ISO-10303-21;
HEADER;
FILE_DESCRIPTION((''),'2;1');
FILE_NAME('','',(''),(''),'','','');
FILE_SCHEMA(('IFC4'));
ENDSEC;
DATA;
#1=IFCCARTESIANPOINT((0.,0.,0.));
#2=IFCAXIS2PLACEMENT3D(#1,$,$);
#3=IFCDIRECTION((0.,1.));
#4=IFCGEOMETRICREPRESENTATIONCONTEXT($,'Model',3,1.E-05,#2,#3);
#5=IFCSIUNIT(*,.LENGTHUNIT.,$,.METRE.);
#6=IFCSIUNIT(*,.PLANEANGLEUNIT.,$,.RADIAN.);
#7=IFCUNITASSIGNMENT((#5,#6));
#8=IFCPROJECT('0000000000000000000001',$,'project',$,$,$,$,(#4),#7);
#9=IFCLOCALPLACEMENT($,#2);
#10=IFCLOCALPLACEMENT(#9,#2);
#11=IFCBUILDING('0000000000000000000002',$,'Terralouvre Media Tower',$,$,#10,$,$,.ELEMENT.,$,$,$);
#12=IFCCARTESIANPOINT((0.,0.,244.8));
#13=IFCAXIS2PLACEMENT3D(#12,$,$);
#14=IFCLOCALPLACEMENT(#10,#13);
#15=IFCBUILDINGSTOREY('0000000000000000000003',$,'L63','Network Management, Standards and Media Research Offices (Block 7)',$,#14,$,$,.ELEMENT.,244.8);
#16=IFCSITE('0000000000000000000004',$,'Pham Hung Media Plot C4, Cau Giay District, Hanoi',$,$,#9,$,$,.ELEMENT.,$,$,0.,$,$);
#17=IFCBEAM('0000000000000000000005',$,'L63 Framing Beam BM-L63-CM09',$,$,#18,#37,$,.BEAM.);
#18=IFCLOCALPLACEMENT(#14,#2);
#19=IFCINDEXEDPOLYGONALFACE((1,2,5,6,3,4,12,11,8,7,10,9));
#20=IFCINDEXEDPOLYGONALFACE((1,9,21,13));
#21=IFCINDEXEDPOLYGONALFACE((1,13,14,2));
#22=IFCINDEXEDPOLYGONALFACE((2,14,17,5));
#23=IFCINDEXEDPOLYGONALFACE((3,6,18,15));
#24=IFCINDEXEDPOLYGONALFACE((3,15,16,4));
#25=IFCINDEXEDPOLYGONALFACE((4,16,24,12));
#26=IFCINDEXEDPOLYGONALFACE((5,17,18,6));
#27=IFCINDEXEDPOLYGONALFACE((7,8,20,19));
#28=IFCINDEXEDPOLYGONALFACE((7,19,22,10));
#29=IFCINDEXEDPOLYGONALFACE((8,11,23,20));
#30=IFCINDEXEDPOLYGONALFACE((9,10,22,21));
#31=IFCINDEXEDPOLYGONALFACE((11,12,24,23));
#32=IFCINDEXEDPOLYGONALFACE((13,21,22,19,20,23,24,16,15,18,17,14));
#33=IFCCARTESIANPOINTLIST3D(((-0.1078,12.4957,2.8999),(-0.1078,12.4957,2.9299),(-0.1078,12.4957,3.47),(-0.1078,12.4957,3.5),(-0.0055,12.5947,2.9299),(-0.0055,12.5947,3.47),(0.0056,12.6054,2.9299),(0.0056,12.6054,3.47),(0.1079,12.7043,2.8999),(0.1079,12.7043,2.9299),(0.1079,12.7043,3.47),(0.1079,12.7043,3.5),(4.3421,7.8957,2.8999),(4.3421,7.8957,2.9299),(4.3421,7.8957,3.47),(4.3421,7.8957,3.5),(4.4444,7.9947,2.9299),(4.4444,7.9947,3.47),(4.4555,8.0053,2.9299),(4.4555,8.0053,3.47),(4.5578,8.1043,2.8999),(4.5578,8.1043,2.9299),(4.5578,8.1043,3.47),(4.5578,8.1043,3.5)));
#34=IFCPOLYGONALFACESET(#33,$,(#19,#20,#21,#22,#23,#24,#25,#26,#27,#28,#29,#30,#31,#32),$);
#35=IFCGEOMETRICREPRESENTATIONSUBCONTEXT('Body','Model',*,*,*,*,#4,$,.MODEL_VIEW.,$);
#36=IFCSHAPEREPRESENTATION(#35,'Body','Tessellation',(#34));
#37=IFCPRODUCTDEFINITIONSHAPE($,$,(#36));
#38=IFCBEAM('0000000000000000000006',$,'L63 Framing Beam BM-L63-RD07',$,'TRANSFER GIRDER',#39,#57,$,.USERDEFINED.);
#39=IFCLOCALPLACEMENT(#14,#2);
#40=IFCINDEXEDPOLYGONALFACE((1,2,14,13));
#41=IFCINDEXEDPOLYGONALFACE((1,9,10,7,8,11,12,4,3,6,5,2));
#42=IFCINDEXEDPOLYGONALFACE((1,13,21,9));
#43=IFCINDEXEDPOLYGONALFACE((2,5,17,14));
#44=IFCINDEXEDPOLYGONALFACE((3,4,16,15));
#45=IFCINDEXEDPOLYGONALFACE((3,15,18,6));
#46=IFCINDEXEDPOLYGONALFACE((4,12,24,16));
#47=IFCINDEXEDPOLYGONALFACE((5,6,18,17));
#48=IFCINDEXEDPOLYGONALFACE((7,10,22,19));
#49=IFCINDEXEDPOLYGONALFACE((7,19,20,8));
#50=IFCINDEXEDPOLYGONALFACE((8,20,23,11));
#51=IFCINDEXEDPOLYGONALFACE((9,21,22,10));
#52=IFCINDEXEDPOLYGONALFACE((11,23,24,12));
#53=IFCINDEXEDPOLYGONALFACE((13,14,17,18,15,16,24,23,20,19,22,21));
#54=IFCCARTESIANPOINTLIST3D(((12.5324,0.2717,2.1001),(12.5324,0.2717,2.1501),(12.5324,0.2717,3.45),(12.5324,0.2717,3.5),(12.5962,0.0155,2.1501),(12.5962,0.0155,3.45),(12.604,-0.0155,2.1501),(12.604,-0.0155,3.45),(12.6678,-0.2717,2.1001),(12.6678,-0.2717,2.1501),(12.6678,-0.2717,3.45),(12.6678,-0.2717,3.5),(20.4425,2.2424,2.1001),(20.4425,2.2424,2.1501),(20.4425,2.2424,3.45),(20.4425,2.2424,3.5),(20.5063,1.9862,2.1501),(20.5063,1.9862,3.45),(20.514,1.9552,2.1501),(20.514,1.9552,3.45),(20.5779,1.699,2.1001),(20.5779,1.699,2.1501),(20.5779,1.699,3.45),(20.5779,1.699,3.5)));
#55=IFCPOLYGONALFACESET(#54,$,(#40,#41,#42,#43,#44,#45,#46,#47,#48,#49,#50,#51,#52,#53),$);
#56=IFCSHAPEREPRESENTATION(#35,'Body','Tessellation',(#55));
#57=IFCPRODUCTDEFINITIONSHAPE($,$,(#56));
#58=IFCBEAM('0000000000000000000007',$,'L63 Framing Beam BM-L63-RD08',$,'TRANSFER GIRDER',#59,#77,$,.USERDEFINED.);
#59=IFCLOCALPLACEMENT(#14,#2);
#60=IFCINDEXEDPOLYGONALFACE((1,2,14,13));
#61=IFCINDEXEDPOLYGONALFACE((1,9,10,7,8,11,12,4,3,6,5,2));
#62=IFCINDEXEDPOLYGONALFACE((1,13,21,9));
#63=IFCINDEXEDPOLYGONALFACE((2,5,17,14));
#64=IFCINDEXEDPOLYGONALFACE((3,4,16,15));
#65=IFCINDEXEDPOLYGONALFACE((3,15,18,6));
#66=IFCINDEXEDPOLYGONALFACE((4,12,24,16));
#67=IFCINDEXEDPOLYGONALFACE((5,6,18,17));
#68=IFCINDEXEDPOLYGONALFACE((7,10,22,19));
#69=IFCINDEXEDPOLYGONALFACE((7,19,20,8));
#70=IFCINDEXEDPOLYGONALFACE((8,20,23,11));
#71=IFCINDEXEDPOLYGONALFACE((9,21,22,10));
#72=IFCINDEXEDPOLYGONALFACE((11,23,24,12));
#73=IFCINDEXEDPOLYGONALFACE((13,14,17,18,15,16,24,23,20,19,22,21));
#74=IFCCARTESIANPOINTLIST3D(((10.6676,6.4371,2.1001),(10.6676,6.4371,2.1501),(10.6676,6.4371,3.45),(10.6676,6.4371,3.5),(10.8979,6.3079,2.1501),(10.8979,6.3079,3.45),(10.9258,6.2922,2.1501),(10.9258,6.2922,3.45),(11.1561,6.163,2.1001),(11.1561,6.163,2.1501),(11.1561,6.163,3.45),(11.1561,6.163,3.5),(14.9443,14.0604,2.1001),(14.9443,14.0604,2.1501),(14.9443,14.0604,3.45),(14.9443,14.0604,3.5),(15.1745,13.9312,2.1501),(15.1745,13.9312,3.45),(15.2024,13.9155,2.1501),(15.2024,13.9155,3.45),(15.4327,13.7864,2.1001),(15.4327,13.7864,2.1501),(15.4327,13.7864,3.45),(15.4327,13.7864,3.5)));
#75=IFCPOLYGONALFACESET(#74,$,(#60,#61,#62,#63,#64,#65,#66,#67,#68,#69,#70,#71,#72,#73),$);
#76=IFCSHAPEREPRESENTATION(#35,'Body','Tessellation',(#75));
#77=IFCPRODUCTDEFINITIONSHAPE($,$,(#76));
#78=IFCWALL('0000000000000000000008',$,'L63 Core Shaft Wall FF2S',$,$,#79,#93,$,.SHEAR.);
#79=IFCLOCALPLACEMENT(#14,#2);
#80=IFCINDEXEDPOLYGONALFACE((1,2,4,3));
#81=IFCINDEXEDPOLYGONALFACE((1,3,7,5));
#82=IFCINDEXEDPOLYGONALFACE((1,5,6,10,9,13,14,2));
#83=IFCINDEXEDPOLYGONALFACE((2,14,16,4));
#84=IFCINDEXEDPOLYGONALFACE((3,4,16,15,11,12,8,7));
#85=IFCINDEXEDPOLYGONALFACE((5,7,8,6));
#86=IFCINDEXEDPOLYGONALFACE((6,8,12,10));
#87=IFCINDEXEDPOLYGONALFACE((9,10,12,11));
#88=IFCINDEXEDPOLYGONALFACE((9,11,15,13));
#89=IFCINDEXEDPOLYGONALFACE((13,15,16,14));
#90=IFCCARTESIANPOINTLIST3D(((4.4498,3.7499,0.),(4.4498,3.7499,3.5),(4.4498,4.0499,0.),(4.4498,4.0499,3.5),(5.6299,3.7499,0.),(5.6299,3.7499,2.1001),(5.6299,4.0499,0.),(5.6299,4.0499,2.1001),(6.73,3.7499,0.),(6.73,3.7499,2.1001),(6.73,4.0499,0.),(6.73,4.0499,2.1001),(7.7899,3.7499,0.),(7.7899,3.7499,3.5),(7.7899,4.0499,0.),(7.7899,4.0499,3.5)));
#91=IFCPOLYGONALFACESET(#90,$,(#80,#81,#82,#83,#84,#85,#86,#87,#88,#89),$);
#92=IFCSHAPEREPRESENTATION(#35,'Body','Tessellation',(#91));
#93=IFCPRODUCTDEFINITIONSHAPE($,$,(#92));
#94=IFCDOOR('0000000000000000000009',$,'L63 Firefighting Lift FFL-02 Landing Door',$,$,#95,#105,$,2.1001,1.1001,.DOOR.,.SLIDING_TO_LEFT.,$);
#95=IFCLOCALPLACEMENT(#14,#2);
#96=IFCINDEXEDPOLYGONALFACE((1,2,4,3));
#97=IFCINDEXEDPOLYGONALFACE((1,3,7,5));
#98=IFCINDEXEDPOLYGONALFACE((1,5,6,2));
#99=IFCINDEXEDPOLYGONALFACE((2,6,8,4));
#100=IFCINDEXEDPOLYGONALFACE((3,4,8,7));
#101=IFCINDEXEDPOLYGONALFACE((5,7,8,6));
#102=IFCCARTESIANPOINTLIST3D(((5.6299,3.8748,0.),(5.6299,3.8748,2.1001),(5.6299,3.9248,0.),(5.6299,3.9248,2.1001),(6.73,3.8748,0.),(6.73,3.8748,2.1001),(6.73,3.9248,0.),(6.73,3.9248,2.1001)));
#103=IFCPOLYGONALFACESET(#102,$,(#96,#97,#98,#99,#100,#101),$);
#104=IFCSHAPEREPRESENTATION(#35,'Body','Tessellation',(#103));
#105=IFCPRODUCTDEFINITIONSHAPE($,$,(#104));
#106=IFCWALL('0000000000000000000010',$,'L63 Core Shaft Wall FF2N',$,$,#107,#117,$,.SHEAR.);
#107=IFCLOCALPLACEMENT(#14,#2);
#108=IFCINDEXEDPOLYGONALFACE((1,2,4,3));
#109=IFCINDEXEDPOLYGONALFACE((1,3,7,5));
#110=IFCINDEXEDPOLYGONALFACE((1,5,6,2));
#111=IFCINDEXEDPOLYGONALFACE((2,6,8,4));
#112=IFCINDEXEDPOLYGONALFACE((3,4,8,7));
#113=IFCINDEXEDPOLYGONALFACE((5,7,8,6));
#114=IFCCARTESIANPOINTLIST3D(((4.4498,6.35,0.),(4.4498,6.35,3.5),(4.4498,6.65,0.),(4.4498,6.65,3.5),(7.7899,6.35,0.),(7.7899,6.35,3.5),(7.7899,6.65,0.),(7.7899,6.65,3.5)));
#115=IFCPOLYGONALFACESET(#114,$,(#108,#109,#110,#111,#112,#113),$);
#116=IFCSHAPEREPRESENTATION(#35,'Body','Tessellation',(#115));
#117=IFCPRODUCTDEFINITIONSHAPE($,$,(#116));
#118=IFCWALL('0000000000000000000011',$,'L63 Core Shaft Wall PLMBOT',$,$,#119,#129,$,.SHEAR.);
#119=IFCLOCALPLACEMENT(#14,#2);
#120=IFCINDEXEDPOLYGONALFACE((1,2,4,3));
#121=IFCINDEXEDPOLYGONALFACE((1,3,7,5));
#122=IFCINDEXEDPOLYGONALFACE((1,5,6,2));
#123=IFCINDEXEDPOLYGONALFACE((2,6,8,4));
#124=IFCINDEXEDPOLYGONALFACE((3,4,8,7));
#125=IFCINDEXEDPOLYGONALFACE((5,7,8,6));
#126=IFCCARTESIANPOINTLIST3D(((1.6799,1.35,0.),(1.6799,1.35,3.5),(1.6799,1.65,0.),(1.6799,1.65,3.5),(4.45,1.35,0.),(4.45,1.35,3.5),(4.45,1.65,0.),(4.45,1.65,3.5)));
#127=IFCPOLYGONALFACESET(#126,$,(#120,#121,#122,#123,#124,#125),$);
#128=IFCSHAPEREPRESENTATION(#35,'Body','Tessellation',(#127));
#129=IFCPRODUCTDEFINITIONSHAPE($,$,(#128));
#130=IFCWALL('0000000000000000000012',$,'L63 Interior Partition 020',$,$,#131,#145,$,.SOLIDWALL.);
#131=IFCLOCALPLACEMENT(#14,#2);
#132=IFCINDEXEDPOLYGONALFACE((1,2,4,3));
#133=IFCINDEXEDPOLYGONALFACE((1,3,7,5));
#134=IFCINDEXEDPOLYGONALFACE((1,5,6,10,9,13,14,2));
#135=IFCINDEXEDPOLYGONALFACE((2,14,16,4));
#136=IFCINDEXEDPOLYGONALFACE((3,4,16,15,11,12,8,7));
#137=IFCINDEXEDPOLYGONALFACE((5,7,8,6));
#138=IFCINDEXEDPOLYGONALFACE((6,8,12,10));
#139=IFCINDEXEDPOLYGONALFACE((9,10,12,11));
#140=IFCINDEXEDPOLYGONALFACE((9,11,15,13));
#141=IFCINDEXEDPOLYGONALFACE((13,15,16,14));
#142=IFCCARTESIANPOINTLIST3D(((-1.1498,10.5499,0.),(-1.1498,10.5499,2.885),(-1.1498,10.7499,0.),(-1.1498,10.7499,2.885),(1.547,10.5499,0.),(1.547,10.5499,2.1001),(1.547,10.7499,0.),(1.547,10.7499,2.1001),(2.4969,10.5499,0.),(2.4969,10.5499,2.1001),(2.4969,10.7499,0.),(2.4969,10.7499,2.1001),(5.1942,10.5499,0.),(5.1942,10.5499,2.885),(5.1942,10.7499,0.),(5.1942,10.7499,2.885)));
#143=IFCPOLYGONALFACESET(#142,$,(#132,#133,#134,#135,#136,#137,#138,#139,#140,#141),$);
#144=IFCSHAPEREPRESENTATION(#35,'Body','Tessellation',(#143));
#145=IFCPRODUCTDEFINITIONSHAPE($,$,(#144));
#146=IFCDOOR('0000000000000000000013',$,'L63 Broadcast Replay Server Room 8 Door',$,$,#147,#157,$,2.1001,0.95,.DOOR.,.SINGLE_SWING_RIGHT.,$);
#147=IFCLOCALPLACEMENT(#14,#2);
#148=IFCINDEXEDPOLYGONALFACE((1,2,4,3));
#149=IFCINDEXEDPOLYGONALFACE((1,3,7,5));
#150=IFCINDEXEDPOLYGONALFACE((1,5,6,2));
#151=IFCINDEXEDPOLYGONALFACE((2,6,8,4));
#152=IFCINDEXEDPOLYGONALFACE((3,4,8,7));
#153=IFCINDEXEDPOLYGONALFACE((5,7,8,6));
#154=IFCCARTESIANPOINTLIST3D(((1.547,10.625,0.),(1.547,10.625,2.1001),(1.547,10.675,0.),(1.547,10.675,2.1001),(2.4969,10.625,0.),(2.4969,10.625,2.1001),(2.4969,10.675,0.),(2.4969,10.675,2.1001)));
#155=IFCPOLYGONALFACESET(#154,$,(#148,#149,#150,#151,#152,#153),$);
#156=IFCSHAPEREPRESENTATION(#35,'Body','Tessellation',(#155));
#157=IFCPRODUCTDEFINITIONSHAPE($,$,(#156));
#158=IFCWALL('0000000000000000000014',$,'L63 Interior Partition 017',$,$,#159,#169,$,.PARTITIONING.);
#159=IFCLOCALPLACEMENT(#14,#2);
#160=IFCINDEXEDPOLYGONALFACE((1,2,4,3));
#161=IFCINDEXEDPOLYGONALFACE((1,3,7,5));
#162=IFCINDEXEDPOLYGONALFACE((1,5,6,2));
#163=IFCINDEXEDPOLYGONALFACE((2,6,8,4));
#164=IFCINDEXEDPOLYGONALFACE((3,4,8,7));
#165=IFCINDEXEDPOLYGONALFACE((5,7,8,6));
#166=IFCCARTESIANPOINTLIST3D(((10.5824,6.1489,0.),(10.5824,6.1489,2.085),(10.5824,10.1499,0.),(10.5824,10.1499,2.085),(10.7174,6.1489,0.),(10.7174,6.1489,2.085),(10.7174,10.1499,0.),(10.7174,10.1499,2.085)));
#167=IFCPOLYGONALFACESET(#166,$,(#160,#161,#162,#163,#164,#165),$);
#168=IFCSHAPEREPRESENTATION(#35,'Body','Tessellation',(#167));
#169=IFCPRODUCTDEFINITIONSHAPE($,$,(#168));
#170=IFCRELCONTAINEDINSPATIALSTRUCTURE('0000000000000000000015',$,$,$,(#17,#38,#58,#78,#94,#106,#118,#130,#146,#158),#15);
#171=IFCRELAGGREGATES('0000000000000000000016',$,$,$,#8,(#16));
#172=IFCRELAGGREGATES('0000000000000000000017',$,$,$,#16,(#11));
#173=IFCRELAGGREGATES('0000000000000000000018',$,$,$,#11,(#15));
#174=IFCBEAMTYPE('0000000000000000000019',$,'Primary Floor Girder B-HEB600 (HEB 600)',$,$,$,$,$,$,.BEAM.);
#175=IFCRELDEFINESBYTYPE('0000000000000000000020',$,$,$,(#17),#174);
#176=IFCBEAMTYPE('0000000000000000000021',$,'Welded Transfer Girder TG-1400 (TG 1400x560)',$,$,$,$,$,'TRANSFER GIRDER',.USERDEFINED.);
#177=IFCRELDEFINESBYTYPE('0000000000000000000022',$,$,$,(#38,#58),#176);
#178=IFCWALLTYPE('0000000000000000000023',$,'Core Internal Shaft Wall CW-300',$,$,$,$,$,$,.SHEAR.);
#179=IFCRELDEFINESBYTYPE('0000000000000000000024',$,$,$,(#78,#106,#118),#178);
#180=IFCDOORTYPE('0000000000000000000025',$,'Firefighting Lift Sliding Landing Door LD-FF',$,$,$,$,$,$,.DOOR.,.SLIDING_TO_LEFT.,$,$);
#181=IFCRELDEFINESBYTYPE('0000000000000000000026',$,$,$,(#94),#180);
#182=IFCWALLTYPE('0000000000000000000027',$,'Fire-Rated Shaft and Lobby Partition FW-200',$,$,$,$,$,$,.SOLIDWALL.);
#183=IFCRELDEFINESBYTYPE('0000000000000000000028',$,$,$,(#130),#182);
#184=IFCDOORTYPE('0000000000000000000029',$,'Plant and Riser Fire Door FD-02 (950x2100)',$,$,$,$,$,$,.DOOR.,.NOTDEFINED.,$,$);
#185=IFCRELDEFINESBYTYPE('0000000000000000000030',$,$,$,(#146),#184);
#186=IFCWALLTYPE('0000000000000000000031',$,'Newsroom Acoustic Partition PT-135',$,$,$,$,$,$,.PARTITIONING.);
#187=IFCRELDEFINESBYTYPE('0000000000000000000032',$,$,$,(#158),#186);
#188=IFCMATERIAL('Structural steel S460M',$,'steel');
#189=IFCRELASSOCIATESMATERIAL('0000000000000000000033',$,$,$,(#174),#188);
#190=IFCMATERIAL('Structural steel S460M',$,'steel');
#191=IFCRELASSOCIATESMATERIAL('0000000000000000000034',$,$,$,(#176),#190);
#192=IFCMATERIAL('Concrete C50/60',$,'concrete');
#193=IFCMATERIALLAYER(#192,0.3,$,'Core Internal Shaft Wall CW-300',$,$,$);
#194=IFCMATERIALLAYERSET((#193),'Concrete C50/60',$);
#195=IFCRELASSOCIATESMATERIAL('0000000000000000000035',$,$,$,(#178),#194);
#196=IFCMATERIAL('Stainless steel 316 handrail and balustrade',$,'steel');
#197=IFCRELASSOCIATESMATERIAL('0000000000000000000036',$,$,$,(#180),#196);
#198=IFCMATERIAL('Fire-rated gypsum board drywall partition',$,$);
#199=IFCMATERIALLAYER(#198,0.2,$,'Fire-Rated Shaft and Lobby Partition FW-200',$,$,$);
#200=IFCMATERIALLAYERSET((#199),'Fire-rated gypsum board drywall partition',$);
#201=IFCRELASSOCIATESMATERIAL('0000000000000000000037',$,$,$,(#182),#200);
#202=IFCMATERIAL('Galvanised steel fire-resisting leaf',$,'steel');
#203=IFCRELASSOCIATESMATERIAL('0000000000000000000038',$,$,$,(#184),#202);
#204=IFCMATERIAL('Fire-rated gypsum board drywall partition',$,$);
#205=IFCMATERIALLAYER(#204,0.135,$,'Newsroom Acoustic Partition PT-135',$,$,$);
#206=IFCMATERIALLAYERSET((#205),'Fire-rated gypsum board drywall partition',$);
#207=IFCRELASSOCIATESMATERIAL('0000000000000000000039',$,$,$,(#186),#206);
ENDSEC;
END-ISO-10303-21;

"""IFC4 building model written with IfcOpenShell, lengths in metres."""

from ifc_helpers import new_model, si_unit, direction, frame, frame_2d, origin, origin_2d, place, context, subcontext, project, spatial, rectangle, i_section, extrude, material, layer, layer_set, material_profile, profile_set, type_object, element, fill, save


model = new_model("IFC4")

# Units and contexts
model_context = context("Model", 3, precision=1e-05, world=origin(), true_north=direction((0.0, 1.0)))
body_context = subcontext(model_context, "Body", "Model", "MODEL_VIEW")
ifc_project = project(units=[si_unit("LENGTHUNIT", "METRE"), si_unit("PLANEANGLEUNIT", "RADIAN")], contexts=[model_context])

# Site, building, storey
site_placement = place(None, origin())
site = spatial("IfcSite", under=ifc_project, at=site_placement, Name="Pham Hung Media Plot C4, Cau Giay District, Hanoi", CompositionType="ELEMENT", RefElevation=0.0)
building_placement = place(site_placement, origin())
building = spatial("IfcBuilding", under=site, at=building_placement, Name="Terralouvre Media Tower", CompositionType="ELEMENT")
storey_placement = place(building_placement, frame((0.0, 0.0, 244.8)))
storey = spatial("IfcBuildingStorey", under=building, at=storey_placement, Name="L63", Description="Network Management, Standards and Media Research Offices (Block 7)", CompositionType="ELEMENT", Elevation=244.8)

# Beams
ifc_material_1 = material(Name="Structural steel S460M", Category="steel")
ifc_material_profile_1 = material_profile(ifc_material_1, i_section(OverallWidth=0.3, OverallDepth=0.6001, WebThickness=0.0154, FlangeThickness=0.03, at=origin_2d()), Name="HEB 600")
ifc_profile_set_1 = profile_set([ifc_material_profile_1], Name="Structural steel S460M")
beam_type_1 = type_object("IfcBeamType", Name="Primary Floor Girder B-HEB600 (HEB 600)", PredefinedType="BEAM", material=ifc_profile_set_1)
beam_1_placement = place(storey_placement, frame((4.45, 8.0, 3.2), z_axis=(-0.69528, 0.718739, 0.0), x_axis=(-0.718739, -0.69528, 0.0)))
element("IfcBeam", 1, at=beam_1_placement, inside=storey, type_object=beam_type_1, Name="L63 Framing Beam BM-L63-CM09", PredefinedType="BEAM", context=body_context, shape_type="SweptSolid", body=[
    extrude(i_section(OverallWidth=0.3, OverallDepth=0.6001, WebThickness=0.0154, FlangeThickness=0.03, at=origin_2d()), origin(), (0.0, 0.0, 1.0), 6.4001),
])
ifc_material_2 = material(Name="Structural steel S460M", Category="steel")
ifc_material_profile_2 = material_profile(ifc_material_2, i_section(OverallWidth=0.5601, OverallDepth=1.3999, WebThickness=0.032, FlangeThickness=0.05, at=origin_2d()), Name="TG 1400x560")
ifc_profile_set_2 = profile_set([ifc_material_profile_2], Name="Structural steel S460M")
beam_type_2 = type_object("IfcBeamType", Name="Welded Transfer Girder TG-1400 (TG 1400x560)", ElementType="TRANSFER GIRDER", PredefinedType="USERDEFINED", material=ifc_profile_set_2)
beam_2_placement = place(storey_placement, frame((12.6001, 0.0, 2.8), z_axis=(0.970339, 0.241746, 0.0), x_axis=(-0.241746, 0.970339, 0.0)))
element("IfcBeam", 2, at=beam_2_placement, inside=storey, type_object=beam_type_2, Name="L63 Framing Beam BM-L63-RD07", ObjectType="TRANSFER GIRDER", PredefinedType="USERDEFINED", context=body_context, shape_type="SweptSolid", body=[
    extrude(i_section(OverallWidth=0.5601, OverallDepth=1.3999, WebThickness=0.032, FlangeThickness=0.05, at=origin_2d()), origin(), (0.0, 0.0, 1.0), 8.1519),
])
beam_3_placement = place(storey_placement, frame((10.9119, 6.3, 2.8), z_axis=(0.489262, 0.872137, 0.0), x_axis=(-0.872137, 0.489262, 0.0)))
element("IfcBeam", 3, at=beam_3_placement, inside=storey, type_object=beam_type_2, Name="L63 Framing Beam BM-L63-RD08", ObjectType="TRANSFER GIRDER", PredefinedType="USERDEFINED", context=body_context, shape_type="SweptSolid", body=[
    extrude(i_section(OverallWidth=0.5601, OverallDepth=1.3999, WebThickness=0.032, FlangeThickness=0.05, at=origin_2d()), origin(), (0.0, 0.0, 1.0), 8.741),
])

# Wall, opening, door
ifc_material_3 = material(Name="Concrete C50/60", Category="concrete")
ifc_layer_1 = layer(ifc_material_3, 0.3, Name="Core Internal Shaft Wall CW-300")
ifc_layer_set_1 = layer_set([ifc_layer_1], Name="Concrete C50/60")
wall_type_1 = type_object("IfcWallType", Name="Core Internal Shaft Wall CW-300", PredefinedType="SHEAR", material=ifc_layer_set_1)
wall_1_placement = place(storey_placement, frame((4.45, 3.8999, 0.0), z_axis=(0.0, 0.0, 1.0), x_axis=(1.0, 0.0, 0.0)))
wall_1 = element("IfcWall", 4, at=wall_1_placement, inside=storey, type_object=wall_type_1, Name="L63 Core Shaft Wall FF2S", PredefinedType="SHEAR", context=body_context, shape_type="SweptSolid", body=[
    extrude(rectangle(XDim=3.3401, YDim=0.3, at=frame_2d((1.6699, 0.0))), origin(), (0.0, 0.0, 1.0), 3.5),
])
opening_1_placement = place(wall_1_placement, frame((1.1799, 0.0, 0.0)))
opening_1 = element("IfcOpeningElement", 5, at=opening_1_placement, cuts=wall_1, PredefinedType="OPENING", context=body_context, shape_type="SweptSolid", body=[
    extrude(rectangle(XDim=1.1001, YDim=2.1001, at=frame_2d((0.55, 1.05))), frame((0.0, 0.1599, 0.0), z_axis=(0.0, -1.0, 0.0), x_axis=(1.0, 0.0, 0.0)), (0.0, 0.0, 1.0), 0.3201),
])
ifc_material_4 = material(Name="Stainless steel 316 handrail and balustrade", Category="steel")
door_type_1 = type_object("IfcDoorType", Name="Firefighting Lift Sliding Landing Door LD-FF", OperationType="SLIDING_TO_LEFT", PredefinedType="DOOR", material=ifc_material_4)
door_1_placement = place(opening_1_placement, origin())
door_1 = element("IfcDoor", 6, at=door_1_placement, inside=storey, type_object=door_type_1, Name="L63 Firefighting Lift FFL-02 Landing Door", OperationType="SLIDING_TO_LEFT", OverallHeight=2.1001, OverallWidth=1.1001, PredefinedType="DOOR", context=body_context, shape_type="SweptSolid", body=[
    extrude(rectangle(XDim=1.1001, YDim=2.1001, at=frame_2d((0.55, 1.05))), frame((0.0, 0.0249, 0.0), z_axis=(0.0, -1.0, 0.0), x_axis=(1.0, 0.0, 0.0)), (0.0, 0.0, 1.0), 0.05),
])
fill(opening_1, door_1)

# Walls
wall_2_placement = place(storey_placement, frame((4.45, 6.5, 0.0), z_axis=(0.0, 0.0, 1.0), x_axis=(1.0, 0.0, 0.0)))
element("IfcWall", 7, at=wall_2_placement, inside=storey, type_object=wall_type_1, Name="L63 Core Shaft Wall FF2N", PredefinedType="SHEAR", context=body_context, shape_type="SweptSolid", body=[
    extrude(rectangle(XDim=3.3401, YDim=0.3, at=frame_2d((1.6699, 0.0))), origin(), (0.0, 0.0, 1.0), 3.5),
])
wall_3_placement = place(storey_placement, frame((1.6799, 1.5, 0.0), z_axis=(0.0, 0.0, 1.0), x_axis=(1.0, 0.0, 0.0)))
element("IfcWall", 8, at=wall_3_placement, inside=storey, type_object=wall_type_1, Name="L63 Core Shaft Wall PLMBOT", PredefinedType="SHEAR", context=body_context, shape_type="SweptSolid", body=[
    extrude(rectangle(XDim=2.77, YDim=0.3, at=frame_2d((1.385, 0.0))), origin(), (0.0, 0.0, 1.0), 3.5),
])

# Wall, opening, door
ifc_material_5 = material(Name="Fire-rated gypsum board drywall partition")
ifc_layer_2 = layer(ifc_material_5, 0.2, Name="Fire-Rated Shaft and Lobby Partition FW-200")
ifc_layer_set_2 = layer_set([ifc_layer_2], Name="Fire-rated gypsum board drywall partition")
wall_type_2 = type_object("IfcWallType", Name="Fire-Rated Shaft and Lobby Partition FW-200", PredefinedType="SOLIDWALL", material=ifc_layer_set_2)
wall_4_placement = place(storey_placement, frame((5.1941, 10.6499, 0.0), z_axis=(0.0, 0.0, 1.0), x_axis=(-1.0, 0.0, 0.0)))
wall_4 = element("IfcWall", 9, at=wall_4_placement, inside=storey, type_object=wall_type_2, Name="L63 Interior Partition 020", PredefinedType="SOLIDWALL", context=body_context, shape_type="SweptSolid", body=[
    extrude(rectangle(XDim=6.344, YDim=0.2, at=frame_2d((3.1719, 0.0))), origin(), (0.0, 0.0, 1.0), 2.885),
])
opening_2_placement = place(wall_4_placement, frame((2.697, 0.0, 0.0)))
opening_2 = element("IfcOpeningElement", 10, at=opening_2_placement, cuts=wall_4, PredefinedType="OPENING", context=body_context, shape_type="SweptSolid", body=[
    extrude(rectangle(XDim=0.95, YDim=2.1001, at=frame_2d((0.4751, 1.05))), frame((0.0, 0.1099, 0.0), z_axis=(0.0, -1.0, 0.0), x_axis=(1.0, 0.0, 0.0)), (0.0, 0.0, 1.0), 0.22),
])
ifc_material_6 = material(Name="Galvanised steel fire-resisting leaf", Category="steel")
door_type_2 = type_object("IfcDoorType", Name="Plant and Riser Fire Door FD-02 (950x2100)", OperationType="NOTDEFINED", PredefinedType="DOOR", material=ifc_material_6)
door_2_placement = place(opening_2_placement, origin())
door_2 = element("IfcDoor", 11, at=door_2_placement, inside=storey, type_object=door_type_2, Name="L63 Broadcast Replay Server Room 8 Door", OperationType="SINGLE_SWING_RIGHT", OverallHeight=2.1001, OverallWidth=0.95, PredefinedType="DOOR", context=body_context, shape_type="SweptSolid", body=[
    extrude(rectangle(XDim=0.95, YDim=2.1001, at=frame_2d((0.4751, 1.05))), frame((0.0, 0.0249, 0.0), z_axis=(0.0, -1.0, 0.0), x_axis=(1.0, 0.0, 0.0)), (0.0, 0.0, 1.0), 0.05),
])
fill(opening_2, door_2)

# Wall
ifc_material_7 = material(Name="Fire-rated gypsum board drywall partition")
ifc_layer_3 = layer(ifc_material_7, 0.135, Name="Newsroom Acoustic Partition PT-135")
ifc_layer_set_3 = layer_set([ifc_layer_3], Name="Fire-rated gypsum board drywall partition")
wall_type_3 = type_object("IfcWallType", Name="Newsroom Acoustic Partition PT-135", PredefinedType="PARTITIONING", material=ifc_layer_set_3)
wall_5_placement = place(storey_placement, frame((10.6499, 6.1489, 0.0), z_axis=(0.0, 0.0, 1.0), x_axis=(0.0, 1.0, 0.0)))
element("IfcWall", 12, at=wall_5_placement, inside=storey, type_object=wall_type_3, Name="L63 Interior Partition 017", PredefinedType="PARTITIONING", context=body_context, shape_type="SweptSolid", body=[
    extrude(rectangle(XDim=4.001, YDim=0.135, at=frame_2d((2.0005, 0.0))), origin(), (0.0, 0.0, 1.0), 2.085),
])

save(model, "model.ifc")
